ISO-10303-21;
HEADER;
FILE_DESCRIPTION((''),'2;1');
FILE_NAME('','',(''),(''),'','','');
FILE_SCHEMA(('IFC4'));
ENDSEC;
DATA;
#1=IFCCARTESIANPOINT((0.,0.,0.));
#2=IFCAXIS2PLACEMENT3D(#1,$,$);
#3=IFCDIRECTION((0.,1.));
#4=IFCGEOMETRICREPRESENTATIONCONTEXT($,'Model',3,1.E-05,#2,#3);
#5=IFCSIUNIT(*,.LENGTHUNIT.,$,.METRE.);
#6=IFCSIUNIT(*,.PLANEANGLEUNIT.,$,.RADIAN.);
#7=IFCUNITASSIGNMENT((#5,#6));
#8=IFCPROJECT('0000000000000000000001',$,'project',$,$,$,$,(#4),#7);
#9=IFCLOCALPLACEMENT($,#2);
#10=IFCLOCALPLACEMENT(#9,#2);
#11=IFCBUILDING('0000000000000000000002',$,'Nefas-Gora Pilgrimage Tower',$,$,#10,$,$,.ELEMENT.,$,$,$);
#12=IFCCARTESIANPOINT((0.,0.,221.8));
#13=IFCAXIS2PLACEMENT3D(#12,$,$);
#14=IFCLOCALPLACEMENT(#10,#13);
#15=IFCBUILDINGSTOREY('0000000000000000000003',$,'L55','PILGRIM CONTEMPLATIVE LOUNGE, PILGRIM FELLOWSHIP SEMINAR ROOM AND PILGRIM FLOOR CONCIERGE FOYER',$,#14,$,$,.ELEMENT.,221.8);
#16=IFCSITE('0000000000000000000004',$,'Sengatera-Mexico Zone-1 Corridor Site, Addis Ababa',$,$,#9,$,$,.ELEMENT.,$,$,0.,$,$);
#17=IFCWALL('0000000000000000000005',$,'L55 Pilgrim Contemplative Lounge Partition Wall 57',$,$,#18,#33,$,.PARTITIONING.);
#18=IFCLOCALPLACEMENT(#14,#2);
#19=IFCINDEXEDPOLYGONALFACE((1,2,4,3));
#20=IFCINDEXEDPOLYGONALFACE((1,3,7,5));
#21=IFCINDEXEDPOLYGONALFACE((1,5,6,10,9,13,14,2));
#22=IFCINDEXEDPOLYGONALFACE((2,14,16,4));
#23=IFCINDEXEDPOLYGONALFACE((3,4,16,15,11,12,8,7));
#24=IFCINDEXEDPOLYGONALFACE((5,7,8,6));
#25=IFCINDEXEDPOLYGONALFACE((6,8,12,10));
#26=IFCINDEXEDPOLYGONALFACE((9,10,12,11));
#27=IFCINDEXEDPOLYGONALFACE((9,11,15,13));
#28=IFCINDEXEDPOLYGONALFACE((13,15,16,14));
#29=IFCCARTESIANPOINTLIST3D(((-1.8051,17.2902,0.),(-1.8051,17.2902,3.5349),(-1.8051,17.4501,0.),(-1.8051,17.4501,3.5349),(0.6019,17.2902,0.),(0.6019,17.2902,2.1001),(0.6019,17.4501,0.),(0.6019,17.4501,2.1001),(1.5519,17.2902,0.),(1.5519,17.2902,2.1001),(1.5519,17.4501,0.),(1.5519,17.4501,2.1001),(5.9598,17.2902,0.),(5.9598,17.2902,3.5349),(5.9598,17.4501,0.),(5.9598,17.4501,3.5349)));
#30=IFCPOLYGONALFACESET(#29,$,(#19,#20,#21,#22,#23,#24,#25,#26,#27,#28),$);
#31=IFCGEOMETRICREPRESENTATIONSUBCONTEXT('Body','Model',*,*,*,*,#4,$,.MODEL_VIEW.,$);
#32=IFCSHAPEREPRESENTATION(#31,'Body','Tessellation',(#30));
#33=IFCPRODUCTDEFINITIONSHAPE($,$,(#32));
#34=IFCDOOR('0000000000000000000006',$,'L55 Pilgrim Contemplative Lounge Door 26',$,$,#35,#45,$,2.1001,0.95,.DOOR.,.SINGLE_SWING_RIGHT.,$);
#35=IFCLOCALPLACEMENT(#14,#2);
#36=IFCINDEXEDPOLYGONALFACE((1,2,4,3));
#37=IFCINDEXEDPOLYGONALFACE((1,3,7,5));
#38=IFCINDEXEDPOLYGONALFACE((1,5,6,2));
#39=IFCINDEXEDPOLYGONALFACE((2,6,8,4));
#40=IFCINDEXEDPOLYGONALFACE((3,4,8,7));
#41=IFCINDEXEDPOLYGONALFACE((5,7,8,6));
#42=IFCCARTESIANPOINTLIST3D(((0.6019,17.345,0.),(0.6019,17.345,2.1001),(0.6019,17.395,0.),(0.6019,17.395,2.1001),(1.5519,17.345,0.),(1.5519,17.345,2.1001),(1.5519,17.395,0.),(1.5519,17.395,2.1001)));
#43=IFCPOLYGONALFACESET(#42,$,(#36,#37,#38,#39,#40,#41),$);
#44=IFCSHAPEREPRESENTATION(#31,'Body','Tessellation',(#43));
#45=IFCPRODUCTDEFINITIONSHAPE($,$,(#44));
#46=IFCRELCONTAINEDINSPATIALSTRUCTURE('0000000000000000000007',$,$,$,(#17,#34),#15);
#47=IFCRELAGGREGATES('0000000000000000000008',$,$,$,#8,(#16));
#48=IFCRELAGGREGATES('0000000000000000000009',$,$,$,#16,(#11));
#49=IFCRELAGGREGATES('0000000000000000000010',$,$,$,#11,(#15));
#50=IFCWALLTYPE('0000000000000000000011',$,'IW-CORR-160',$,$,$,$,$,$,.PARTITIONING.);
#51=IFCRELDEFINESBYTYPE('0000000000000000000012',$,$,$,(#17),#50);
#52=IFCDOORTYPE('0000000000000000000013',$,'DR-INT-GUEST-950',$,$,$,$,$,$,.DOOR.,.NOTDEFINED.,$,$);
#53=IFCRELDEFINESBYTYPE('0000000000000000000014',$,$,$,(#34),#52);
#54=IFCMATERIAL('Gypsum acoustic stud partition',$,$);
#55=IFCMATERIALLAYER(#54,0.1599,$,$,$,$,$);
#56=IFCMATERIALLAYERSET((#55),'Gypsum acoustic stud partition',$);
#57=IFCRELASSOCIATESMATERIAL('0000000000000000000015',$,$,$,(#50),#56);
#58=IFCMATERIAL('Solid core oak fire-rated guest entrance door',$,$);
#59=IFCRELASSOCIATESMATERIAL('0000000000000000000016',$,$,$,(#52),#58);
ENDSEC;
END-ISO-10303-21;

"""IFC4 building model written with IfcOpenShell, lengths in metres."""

from ifc_helpers import new_model, si_unit, direction, frame, frame_2d, origin, place, context, subcontext, project, spatial, rectangle, extrude, source, transform, mapped, material, layer, layer_set, type_object, element, fill, save


model = new_model("IFC4")

# Units and contexts
model_context = context("Model", 3, precision=1e-05, world=origin(), true_north=direction((0.0, 1.0)))
body_context = subcontext(model_context, "Body", "Model", "MODEL_VIEW")
ifc_project = project(units=[si_unit("LENGTHUNIT", "METRE"), si_unit("PLANEANGLEUNIT", "RADIAN")], contexts=[model_context])

# Site, building, storey
site_placement = place(None, origin())
site = spatial("IfcSite", under=ifc_project, at=site_placement, Name="Sengatera-Mexico Zone-1 Corridor Site, Addis Ababa", CompositionType="ELEMENT", RefElevation=0.0)
building_placement = place(site_placement, origin())
building = spatial("IfcBuilding", under=site, at=building_placement, Name="Nefas-Gora Pilgrimage Tower", CompositionType="ELEMENT")
storey_placement = place(building_placement, frame((0.0, 0.0, 221.8)))
storey = spatial("IfcBuildingStorey", under=building, at=storey_placement, Name="L55", Description="PILGRIM CONTEMPLATIVE LOUNGE, PILGRIM FELLOWSHIP SEMINAR ROOM AND PILGRIM FLOOR CONCIERGE FOYER", CompositionType="ELEMENT", Elevation=221.8)

# Shared definitions
ifc_material_1 = material(Name="Gypsum acoustic stud partition")
ifc_layer_1 = layer(ifc_material_1, 0.1599)
ifc_layer_set_1 = layer_set([ifc_layer_1], Name="Gypsum acoustic stud partition")
wall_type_1 = type_object("IfcWallType", Name="IW-CORR-160", PredefinedType="PARTITIONING", material=ifc_layer_set_1)
ifc_material_2 = material(Name="Solid core oak fire-rated guest entrance door")
door_type = type_object("IfcDoorType", Name="DR-INT-GUEST-950", OperationType="NOTDEFINED", PredefinedType="DOOR", material=ifc_material_2)
shared_shape_1 = source(origin(), body_context, "Body", "SweptSolid", [
    extrude(rectangle(XDim=0.95, YDim=2.1001, at=frame_2d((0.4751, 1.05))), frame((0.0, 0.0249, 0.0), z_axis=(0.0, -1.0, 0.0), x_axis=(1.0, 0.0, 0.0)), (0.0, 0.0, 1.0), 0.05),
])

# Wall, opening, door
shared_shape_2 = source(origin(), body_context, "Body", "SweptSolid", [
    extrude(rectangle(XDim=7.7649, YDim=0.1599, at=frame_2d((3.8823, 0.0))), origin(), (0.0, 0.0, 1.0), 3.5349),
])
wall_1_placement = place(storey_placement, frame((-1.8049, 17.3701, 0.0), z_axis=(0.0, 0.0, 1.0), x_axis=(1.0, 0.0, 0.0)))
wall_1 = element("IfcWall", 1, at=wall_1_placement, inside=storey, type_object=wall_type_1, Name="L55 Pilgrim Contemplative Lounge Partition Wall 57", PredefinedType="PARTITIONING", context=body_context, shape_type="MappedRepresentation", body=[
    mapped(shared_shape_2, transform((0.0, 0.0, 0.0), x_axis=(1.0, 0.0, 0.0), y_axis=(0.0, 1.0, 0.0), z_axis=(0.0, 0.0, 1.0), scale=1.0)),
])
opening_1_placement = place(wall_1_placement, frame((2.4067, 0.0, 0.0)))
opening_1 = element("IfcOpeningElement", 2, at=opening_1_placement, cuts=wall_1, PredefinedType="OPENING", context=body_context, shape_type="SweptSolid", body=[
    extrude(rectangle(XDim=0.95, YDim=2.1001, at=frame_2d((0.4751, 1.05))), frame((0.0, 0.0898, 0.0), z_axis=(0.0, -1.0, 0.0), x_axis=(1.0, 0.0, 0.0)), (0.0, 0.0, 1.0), 0.1799),
])
door_1_placement = place(opening_1_placement, origin())
door_1 = element("IfcDoor", 3, at=door_1_placement, inside=storey, type_object=door_type, Name="L55 Pilgrim Contemplative Lounge Door 26", OperationType="SINGLE_SWING_RIGHT", OverallHeight=2.1001, OverallWidth=0.95, PredefinedType="DOOR", context=body_context, shape_type="MappedRepresentation", body=[
    mapped(shared_shape_1, transform((0.0, 0.0, 0.0), x_axis=(1.0, 0.0, 0.0), y_axis=(0.0, 1.0, 0.0), z_axis=(0.0, 0.0, 1.0), scale=1.0)),
])
fill(opening_1, door_1)

save(model, "model.ifc")
